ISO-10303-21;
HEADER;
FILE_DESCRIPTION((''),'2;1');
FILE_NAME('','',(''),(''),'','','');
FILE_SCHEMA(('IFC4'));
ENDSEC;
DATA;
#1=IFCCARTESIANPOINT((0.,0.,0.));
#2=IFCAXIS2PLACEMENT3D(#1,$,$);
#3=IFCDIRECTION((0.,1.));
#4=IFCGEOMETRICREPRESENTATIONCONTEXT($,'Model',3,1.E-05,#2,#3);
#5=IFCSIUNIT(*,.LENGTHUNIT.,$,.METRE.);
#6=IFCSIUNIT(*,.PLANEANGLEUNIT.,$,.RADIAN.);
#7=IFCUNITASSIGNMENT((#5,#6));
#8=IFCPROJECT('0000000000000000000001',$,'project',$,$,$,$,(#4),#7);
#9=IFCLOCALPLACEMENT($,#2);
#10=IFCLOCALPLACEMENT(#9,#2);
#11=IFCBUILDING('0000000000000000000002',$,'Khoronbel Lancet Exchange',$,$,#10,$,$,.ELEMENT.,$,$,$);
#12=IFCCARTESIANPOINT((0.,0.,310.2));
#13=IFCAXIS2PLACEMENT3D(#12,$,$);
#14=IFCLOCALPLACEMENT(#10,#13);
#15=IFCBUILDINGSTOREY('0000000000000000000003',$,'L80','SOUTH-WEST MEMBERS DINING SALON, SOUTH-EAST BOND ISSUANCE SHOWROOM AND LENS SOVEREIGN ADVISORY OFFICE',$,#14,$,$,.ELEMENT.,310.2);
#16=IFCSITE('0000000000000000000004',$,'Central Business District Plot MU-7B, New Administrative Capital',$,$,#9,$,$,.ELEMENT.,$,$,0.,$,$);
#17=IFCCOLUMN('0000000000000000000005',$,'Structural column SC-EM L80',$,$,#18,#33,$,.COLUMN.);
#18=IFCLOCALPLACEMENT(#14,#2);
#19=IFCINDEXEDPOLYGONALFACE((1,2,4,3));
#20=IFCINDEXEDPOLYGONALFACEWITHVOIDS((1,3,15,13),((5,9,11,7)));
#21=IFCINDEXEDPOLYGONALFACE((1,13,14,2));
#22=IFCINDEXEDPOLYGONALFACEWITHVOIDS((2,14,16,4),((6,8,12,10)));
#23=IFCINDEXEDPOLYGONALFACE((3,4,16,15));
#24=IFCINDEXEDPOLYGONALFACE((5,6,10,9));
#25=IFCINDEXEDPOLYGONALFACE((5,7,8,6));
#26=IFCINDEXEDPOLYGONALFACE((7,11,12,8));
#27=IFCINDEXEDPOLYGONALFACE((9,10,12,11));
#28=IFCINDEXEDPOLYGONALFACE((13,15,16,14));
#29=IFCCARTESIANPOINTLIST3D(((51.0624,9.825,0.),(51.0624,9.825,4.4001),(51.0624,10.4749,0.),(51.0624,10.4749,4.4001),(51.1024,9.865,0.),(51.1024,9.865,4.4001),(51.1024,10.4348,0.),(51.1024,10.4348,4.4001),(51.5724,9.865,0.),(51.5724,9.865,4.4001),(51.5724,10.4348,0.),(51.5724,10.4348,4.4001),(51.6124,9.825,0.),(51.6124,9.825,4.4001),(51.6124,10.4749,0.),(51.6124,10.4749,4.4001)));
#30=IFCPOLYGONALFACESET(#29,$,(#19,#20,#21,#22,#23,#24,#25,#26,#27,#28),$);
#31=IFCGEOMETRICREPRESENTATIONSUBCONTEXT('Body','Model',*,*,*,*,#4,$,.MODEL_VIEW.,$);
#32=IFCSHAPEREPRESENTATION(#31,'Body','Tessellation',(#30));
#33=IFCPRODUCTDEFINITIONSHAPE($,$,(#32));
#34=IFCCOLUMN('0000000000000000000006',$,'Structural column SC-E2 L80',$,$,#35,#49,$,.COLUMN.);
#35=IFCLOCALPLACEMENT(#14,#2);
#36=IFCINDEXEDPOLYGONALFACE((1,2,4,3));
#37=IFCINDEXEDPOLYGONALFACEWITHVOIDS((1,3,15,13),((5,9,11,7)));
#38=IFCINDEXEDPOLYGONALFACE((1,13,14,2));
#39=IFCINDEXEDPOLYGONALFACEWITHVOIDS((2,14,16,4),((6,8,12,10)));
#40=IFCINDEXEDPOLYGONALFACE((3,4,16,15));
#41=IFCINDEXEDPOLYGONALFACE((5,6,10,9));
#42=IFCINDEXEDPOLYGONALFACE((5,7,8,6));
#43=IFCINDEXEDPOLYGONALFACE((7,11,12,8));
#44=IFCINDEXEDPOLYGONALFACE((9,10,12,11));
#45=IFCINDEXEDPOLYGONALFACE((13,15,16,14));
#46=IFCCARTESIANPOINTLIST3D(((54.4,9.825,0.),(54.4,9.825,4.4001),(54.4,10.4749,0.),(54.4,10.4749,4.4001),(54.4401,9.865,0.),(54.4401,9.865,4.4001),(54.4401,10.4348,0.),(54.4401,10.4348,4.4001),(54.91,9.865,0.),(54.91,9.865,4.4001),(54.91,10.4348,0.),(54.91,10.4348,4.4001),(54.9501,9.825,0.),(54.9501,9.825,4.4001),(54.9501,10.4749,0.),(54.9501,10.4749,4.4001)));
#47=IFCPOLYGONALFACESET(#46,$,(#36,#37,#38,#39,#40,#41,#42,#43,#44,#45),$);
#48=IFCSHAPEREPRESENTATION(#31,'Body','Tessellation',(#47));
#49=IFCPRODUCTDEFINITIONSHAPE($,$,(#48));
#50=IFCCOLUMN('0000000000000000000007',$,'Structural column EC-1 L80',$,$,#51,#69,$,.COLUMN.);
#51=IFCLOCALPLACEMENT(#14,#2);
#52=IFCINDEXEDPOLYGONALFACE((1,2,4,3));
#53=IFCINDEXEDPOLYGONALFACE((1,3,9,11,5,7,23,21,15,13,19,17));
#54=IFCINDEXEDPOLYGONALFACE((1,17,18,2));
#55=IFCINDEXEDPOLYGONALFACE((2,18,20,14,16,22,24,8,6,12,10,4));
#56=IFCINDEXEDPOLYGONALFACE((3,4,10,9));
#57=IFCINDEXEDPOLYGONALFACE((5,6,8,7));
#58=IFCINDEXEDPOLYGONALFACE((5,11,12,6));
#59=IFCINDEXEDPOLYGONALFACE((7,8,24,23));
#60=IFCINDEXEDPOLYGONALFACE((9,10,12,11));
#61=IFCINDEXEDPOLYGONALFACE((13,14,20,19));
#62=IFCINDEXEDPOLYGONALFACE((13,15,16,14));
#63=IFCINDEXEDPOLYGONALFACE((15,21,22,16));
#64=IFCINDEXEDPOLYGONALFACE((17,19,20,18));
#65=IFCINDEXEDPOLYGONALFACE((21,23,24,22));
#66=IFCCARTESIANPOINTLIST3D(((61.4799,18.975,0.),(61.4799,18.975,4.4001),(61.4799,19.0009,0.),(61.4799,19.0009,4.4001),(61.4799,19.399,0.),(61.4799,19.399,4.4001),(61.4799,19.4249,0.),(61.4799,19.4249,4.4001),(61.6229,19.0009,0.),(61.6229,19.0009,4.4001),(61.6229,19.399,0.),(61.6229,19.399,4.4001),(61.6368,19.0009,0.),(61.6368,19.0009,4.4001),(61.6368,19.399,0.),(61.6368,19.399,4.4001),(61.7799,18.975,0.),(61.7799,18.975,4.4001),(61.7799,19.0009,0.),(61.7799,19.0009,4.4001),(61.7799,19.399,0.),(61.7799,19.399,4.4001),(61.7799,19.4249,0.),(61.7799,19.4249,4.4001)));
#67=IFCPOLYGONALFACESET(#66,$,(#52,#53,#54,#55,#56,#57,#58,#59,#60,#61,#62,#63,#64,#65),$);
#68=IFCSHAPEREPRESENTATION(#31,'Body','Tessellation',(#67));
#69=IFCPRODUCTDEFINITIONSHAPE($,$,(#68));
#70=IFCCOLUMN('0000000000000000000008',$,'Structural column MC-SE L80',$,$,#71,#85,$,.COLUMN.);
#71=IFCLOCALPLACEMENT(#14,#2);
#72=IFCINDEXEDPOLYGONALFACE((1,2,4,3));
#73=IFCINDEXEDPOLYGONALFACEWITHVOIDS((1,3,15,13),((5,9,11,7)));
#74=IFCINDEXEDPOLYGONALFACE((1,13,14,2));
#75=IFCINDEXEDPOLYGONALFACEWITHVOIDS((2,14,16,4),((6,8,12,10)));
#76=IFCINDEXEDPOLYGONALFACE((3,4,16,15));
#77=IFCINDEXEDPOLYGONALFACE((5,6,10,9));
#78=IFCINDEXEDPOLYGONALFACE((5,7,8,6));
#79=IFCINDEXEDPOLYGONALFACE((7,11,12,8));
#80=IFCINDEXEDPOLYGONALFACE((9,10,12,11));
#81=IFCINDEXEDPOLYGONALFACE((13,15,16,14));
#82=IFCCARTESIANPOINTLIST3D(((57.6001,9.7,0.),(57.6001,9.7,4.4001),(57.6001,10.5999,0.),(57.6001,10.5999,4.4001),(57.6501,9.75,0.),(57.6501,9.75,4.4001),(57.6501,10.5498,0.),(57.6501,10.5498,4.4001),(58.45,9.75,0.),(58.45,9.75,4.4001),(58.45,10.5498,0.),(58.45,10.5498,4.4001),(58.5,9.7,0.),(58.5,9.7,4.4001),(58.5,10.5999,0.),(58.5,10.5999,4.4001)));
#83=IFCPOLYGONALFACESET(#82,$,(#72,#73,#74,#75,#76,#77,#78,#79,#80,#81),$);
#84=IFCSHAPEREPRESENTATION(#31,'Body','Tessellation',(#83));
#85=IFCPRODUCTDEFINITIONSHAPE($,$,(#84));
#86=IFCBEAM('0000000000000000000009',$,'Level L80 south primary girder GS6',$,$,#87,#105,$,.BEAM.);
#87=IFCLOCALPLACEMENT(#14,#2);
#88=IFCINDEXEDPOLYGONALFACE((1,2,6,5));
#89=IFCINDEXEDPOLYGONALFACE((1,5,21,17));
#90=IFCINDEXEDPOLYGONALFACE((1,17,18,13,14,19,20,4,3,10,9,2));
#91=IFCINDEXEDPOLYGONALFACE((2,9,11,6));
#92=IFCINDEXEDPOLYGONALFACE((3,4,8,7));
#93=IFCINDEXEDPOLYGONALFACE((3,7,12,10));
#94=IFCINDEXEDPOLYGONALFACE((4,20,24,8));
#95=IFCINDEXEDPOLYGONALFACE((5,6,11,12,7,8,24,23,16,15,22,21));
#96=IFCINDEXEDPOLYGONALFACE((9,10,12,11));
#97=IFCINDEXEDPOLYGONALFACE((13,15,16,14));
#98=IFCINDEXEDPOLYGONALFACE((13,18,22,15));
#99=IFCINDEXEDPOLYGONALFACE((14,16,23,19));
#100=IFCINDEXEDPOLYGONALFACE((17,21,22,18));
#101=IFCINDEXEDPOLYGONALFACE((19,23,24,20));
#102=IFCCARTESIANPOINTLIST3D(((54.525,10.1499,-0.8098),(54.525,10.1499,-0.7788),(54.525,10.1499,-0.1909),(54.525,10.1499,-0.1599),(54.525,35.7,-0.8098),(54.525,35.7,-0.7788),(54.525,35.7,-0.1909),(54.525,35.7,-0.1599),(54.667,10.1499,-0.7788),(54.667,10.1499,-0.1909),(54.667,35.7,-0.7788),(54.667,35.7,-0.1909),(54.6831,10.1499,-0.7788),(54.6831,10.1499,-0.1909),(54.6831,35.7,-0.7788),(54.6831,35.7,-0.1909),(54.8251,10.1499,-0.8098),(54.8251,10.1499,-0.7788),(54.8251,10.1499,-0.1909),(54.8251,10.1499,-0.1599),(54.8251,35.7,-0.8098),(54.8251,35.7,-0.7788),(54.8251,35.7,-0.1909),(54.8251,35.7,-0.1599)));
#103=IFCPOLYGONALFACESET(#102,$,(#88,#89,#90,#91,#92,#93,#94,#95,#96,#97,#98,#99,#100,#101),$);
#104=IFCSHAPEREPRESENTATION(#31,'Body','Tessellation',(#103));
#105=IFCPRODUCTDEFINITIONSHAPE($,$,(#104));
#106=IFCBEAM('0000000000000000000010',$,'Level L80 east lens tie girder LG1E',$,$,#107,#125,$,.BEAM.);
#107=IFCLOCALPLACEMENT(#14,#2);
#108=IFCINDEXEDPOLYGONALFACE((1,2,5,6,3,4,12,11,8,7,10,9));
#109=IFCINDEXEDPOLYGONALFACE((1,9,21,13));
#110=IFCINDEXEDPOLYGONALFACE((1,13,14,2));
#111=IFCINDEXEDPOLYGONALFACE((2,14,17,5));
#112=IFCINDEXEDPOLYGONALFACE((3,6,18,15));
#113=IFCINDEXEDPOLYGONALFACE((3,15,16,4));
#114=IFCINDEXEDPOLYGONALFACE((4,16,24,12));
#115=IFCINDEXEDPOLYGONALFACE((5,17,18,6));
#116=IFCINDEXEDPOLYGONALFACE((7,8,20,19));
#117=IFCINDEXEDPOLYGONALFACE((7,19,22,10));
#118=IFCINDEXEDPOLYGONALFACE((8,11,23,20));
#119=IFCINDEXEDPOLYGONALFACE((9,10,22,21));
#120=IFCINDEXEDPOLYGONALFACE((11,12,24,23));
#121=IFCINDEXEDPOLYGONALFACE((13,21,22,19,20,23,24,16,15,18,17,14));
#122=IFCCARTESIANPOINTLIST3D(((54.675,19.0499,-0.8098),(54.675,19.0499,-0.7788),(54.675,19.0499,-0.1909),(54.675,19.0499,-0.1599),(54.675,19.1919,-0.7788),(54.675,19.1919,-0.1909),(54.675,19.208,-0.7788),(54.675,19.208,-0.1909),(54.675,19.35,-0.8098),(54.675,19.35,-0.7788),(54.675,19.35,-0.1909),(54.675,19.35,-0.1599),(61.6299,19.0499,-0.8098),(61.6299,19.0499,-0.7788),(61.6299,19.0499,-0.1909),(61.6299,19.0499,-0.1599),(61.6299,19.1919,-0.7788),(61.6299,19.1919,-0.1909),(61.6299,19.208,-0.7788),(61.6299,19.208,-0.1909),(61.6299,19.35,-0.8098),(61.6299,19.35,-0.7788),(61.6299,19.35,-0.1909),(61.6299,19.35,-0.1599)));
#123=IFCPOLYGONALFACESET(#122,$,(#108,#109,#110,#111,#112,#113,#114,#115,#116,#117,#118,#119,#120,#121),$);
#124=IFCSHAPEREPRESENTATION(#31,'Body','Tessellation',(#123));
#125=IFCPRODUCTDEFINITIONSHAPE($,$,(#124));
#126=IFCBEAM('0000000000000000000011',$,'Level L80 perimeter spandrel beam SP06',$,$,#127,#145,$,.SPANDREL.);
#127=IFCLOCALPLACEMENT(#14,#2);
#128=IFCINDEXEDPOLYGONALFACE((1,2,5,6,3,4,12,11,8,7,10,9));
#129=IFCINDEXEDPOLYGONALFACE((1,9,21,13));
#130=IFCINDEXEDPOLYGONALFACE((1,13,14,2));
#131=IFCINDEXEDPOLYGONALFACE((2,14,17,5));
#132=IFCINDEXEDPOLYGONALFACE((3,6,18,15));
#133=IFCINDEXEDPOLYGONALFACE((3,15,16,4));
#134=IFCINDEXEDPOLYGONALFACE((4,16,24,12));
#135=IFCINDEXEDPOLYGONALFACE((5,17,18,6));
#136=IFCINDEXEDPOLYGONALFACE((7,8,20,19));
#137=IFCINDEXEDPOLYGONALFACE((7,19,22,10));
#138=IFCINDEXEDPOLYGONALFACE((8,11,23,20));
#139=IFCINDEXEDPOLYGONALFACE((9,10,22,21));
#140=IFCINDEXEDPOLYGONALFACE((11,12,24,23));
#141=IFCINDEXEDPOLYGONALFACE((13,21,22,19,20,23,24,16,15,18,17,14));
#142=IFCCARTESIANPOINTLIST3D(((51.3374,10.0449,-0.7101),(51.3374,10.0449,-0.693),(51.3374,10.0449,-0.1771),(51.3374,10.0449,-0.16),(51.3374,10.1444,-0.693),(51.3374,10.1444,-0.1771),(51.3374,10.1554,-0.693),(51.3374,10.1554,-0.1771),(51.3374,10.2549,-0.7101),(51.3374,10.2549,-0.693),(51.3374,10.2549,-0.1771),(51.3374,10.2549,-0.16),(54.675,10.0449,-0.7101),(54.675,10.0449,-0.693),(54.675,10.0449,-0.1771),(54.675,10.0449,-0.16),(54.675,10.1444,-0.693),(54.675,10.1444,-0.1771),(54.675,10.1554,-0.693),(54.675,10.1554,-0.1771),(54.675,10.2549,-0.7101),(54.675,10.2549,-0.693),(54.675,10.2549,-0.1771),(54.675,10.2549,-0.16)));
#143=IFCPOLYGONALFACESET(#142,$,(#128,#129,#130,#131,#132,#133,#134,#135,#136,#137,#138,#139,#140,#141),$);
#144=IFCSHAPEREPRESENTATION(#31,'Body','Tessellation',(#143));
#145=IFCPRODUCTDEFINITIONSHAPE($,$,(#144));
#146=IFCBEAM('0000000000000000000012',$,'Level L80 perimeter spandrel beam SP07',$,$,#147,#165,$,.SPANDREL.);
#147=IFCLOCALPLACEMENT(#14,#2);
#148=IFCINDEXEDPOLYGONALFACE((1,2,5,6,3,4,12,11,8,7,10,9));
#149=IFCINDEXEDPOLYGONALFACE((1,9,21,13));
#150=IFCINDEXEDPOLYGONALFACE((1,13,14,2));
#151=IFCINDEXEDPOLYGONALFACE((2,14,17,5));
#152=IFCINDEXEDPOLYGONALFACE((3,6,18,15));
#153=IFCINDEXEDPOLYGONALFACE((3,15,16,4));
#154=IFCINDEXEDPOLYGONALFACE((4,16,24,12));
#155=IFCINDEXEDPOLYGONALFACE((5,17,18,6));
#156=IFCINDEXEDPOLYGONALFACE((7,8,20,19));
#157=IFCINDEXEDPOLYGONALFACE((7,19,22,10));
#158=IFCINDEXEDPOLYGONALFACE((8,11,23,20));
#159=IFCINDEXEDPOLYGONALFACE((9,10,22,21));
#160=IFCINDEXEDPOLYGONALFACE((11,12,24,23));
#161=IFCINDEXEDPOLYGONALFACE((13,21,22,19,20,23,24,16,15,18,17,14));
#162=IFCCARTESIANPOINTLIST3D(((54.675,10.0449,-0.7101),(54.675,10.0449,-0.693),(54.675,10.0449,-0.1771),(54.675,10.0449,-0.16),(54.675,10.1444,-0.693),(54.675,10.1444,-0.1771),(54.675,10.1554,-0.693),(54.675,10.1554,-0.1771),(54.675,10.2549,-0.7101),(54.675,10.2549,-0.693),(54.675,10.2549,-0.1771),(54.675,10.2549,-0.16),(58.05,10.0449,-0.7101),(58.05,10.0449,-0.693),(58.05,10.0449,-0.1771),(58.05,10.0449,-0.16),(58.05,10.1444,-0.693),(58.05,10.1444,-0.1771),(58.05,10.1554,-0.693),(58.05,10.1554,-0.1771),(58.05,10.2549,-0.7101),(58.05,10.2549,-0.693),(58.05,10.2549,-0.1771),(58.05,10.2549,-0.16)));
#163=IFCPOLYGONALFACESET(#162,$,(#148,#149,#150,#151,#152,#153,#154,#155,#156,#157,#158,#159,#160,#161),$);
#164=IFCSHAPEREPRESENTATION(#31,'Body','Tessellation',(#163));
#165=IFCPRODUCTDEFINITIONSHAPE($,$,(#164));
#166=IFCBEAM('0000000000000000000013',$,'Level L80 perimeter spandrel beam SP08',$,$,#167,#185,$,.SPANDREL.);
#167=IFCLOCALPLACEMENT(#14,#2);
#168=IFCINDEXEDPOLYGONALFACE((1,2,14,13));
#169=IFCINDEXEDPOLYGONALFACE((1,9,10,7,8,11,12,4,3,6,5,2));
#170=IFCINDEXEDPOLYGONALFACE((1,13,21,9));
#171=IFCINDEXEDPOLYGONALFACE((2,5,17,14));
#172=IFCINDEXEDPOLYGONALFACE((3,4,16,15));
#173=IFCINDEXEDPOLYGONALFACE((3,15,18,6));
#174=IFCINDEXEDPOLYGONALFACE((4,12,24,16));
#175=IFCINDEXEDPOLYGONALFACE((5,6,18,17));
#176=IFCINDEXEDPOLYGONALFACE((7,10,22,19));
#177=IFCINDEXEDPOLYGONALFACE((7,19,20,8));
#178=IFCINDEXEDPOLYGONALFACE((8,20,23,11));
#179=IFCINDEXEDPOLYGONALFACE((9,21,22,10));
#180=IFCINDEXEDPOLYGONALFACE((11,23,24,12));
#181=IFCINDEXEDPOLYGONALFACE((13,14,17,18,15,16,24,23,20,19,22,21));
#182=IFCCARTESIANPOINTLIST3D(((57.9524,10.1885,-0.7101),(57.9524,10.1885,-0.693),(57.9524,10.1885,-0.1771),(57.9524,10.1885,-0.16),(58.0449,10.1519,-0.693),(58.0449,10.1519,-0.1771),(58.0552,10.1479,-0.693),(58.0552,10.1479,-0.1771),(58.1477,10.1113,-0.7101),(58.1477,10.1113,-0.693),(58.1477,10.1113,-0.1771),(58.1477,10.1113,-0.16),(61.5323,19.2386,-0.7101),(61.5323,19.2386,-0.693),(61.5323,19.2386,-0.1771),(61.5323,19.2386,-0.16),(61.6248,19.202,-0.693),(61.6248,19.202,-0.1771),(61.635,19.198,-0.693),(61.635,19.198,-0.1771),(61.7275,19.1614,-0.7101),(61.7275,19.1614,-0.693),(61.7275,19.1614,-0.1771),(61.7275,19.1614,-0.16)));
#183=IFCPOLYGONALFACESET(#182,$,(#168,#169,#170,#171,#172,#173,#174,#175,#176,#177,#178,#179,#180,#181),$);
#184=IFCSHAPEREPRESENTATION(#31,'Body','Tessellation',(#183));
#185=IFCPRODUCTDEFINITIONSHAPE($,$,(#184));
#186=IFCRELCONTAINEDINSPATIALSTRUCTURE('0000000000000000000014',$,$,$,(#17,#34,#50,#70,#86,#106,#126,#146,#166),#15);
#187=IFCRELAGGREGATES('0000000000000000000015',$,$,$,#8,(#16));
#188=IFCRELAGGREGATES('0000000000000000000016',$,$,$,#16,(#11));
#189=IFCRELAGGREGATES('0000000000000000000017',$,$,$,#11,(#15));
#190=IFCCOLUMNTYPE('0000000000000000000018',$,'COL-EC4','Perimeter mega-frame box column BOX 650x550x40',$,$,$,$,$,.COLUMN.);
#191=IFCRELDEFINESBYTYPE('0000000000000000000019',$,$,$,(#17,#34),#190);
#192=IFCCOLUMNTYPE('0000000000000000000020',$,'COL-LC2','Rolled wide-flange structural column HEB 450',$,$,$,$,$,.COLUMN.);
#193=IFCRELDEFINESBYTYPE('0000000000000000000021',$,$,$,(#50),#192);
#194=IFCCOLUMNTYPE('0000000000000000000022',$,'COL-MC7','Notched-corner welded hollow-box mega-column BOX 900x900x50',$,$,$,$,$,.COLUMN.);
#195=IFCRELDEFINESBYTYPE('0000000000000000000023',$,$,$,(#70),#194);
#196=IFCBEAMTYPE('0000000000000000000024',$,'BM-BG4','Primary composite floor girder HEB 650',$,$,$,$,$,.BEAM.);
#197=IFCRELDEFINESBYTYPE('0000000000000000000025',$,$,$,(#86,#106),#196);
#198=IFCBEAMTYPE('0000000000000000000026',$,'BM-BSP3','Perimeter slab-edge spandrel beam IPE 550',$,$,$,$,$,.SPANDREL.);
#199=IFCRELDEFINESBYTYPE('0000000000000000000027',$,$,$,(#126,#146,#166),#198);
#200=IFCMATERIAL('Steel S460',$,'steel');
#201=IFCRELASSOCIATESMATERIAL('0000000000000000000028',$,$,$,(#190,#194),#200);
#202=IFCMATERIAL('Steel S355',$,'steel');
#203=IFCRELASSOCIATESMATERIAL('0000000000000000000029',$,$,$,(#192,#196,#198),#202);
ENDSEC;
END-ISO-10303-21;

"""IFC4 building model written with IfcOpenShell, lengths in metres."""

from ifc_helpers import new_model, si_unit, direction, frame, origin, origin_2d, place, context, subcontext, project, spatial, hollow_rectangle, i_section, extrude, material, material_profile, profile_set, type_object, element, save


model = new_model("IFC4")

# Units and contexts
model_context = context("Model", 3, precision=1e-05, world=origin(), true_north=direction((0.0, 1.0)))
body_context = subcontext(model_context, "Body", "Model", "MODEL_VIEW")
ifc_project = project(units=[si_unit("LENGTHUNIT", "METRE"), si_unit("PLANEANGLEUNIT", "RADIAN")], contexts=[model_context])

# Site, building, storey
site_placement = place(None, origin())
site = spatial("IfcSite", under=ifc_project, at=site_placement, Name="Central Business District Plot MU-7B, New Administrative Capital", CompositionType="ELEMENT", RefElevation=0.0)
building_placement = place(site_placement, origin())
building = spatial("IfcBuilding", under=site, at=building_placement, Name="Khoronbel Lancet Exchange", CompositionType="ELEMENT")
storey_placement = place(building_placement, frame((0.0, 0.0, 310.2)))
storey = spatial("IfcBuildingStorey", under=building, at=storey_placement, Name="L80", Description="SOUTH-WEST MEMBERS DINING SALON, SOUTH-EAST BOND ISSUANCE SHOWROOM AND LENS SOVEREIGN ADVISORY OFFICE", CompositionType="ELEMENT", Elevation=310.2)

# Columns
ifc_material_1 = material(Name="Steel S460", Category="steel")
ifc_material_profile_1 = material_profile(ifc_material_1, hollow_rectangle(XDim=0.55, YDim=0.6499, WallThickness=0.04, at=origin_2d()), Name="BOX 650x550x40")
ifc_profile_set_1 = profile_set([ifc_material_profile_1], Name="Steel S460")
column_type_1 = type_object("IfcColumnType", Name="COL-EC4", Description="Perimeter mega-frame box column BOX 650x550x40", PredefinedType="COLUMN", material=ifc_profile_set_1)
for number, where, z_axis, x_axis, name in (
    (1, (51.3374, 10.1499, 0.0), (0.0, 0.0, 1.0), (1.0, 0.0, 0.0), "Structural column SC-EM L80"),
    (2, (54.675, 10.1499, 0.0), (0.0, 0.0, 1.0), (1.0, 0.0, 0.0), "Structural column SC-E2 L80"),
):
    element("IfcColumn", number, at=place(storey_placement, frame(where, z_axis=z_axis, x_axis=x_axis)), inside=storey, type_object=column_type_1, Name=name, PredefinedType="COLUMN", context=body_context, shape_type="SweptSolid", body=[
        extrude(hollow_rectangle(XDim=0.55, YDim=0.6499, WallThickness=0.04, at=origin_2d()), origin(), (0.0, 0.0, 1.0), 4.4001),
    ])
ifc_material_2 = material(Name="Steel S355", Category="steel")
ifc_material_profile_2 = material_profile(ifc_material_2, i_section(OverallWidth=0.3, OverallDepth=0.45, WebThickness=0.0139, FlangeThickness=0.0259, at=origin_2d()), Name="HEB 450")
ifc_profile_set_2 = profile_set([ifc_material_profile_2], Name="Steel S355")
column_type_2 = type_object("IfcColumnType", Name="COL-LC2", Description="Rolled wide-flange structural column HEB 450", PredefinedType="COLUMN", material=ifc_profile_set_2)
column_1_placement = place(storey_placement, frame((61.6299, 19.2, 0.0), z_axis=(0.0, 0.0, 1.0), x_axis=(1.0, 0.0, 0.0)))
element("IfcColumn", 3, at=column_1_placement, inside=storey, type_object=column_type_2, Name="Structural column EC-1 L80", PredefinedType="COLUMN", context=body_context, shape_type="SweptSolid", body=[
    extrude(i_section(OverallWidth=0.3, OverallDepth=0.45, WebThickness=0.0139, FlangeThickness=0.0259, at=origin_2d()), origin(), (0.0, 0.0, 1.0), 4.4001),
])
ifc_material_profile_3 = material_profile(ifc_material_1, hollow_rectangle(XDim=0.8999, YDim=0.8999, WallThickness=0.05, at=origin_2d()), Name="BOX 900x900x50")
ifc_profile_set_3 = profile_set([ifc_material_profile_3], Name="Steel S460")
column_type_3 = type_object("IfcColumnType", Name="COL-MC7", Description="Notched-corner welded hollow-box mega-column BOX 900x900x50", PredefinedType="COLUMN", material=ifc_profile_set_3)
column_2_placement = place(storey_placement, frame((58.05, 10.1499, 0.0), z_axis=(0.0, 0.0, 1.0), x_axis=(1.0, 0.0, 0.0)))
element("IfcColumn", 4, at=column_2_placement, inside=storey, type_object=column_type_3, Name="Structural column MC-SE L80", PredefinedType="COLUMN", context=body_context, shape_type="SweptSolid", body=[
    extrude(hollow_rectangle(XDim=0.8999, YDim=0.8999, WallThickness=0.05, at=origin_2d()), origin(), (0.0, 0.0, 1.0), 4.4001),
])

# Beams
ifc_material_profile_4 = material_profile(ifc_material_2, i_section(OverallWidth=0.3, OverallDepth=0.6499, WebThickness=0.0161, FlangeThickness=0.031, at=origin_2d()), Name="HEB 650")
ifc_profile_set_4 = profile_set([ifc_material_profile_4], Name="Steel S355")
beam_type_1 = type_object("IfcBeamType", Name="BM-BG4", Description="Primary composite floor girder HEB 650", PredefinedType="BEAM", material=ifc_profile_set_4)
beam_1_placement = place(storey_placement, frame((54.675, 10.1499, -0.4849), z_axis=(0.0, 1.0, 0.0), x_axis=(-1.0, 0.0, 0.0)))
element("IfcBeam", 5, at=beam_1_placement, inside=storey, type_object=beam_type_1, Name="Level L80 south primary girder GS6", PredefinedType="BEAM", context=body_context, shape_type="SweptSolid", body=[
    extrude(i_section(OverallWidth=0.3, OverallDepth=0.6499, WebThickness=0.0161, FlangeThickness=0.031, at=origin_2d()), origin(), (0.0, 0.0, 1.0), 25.55),
])
beam_2_placement = place(storey_placement, frame((54.675, 19.2, -0.4849), z_axis=(1.0, 0.0, 0.0), x_axis=(0.0, 1.0, 0.0)))
element("IfcBeam", 6, at=beam_2_placement, inside=storey, type_object=beam_type_1, Name="Level L80 east lens tie girder LG1E", PredefinedType="BEAM", context=body_context, shape_type="SweptSolid", body=[
    extrude(i_section(OverallWidth=0.3, OverallDepth=0.6499, WebThickness=0.0161, FlangeThickness=0.031, at=origin_2d()), origin(), (0.0, 0.0, 1.0), 6.9548),
])
ifc_material_profile_5 = material_profile(ifc_material_2, i_section(OverallWidth=0.21, OverallDepth=0.55, WebThickness=0.011, FlangeThickness=0.0171, at=origin_2d()), Name="IPE 550")
ifc_profile_set_5 = profile_set([ifc_material_profile_5], Name="Steel S355")
beam_type_2 = type_object("IfcBeamType", Name="BM-BSP3", Description="Perimeter slab-edge spandrel beam IPE 550", PredefinedType="SPANDREL", material=ifc_profile_set_5)
beam_3_placement = place(storey_placement, frame((51.3374, 10.1499, -0.4351), z_axis=(1.0, 0.0, 0.0), x_axis=(0.0, 1.0, 0.0)))
element("IfcBeam", 7, at=beam_3_placement, inside=storey, type_object=beam_type_2, Name="Level L80 perimeter spandrel beam SP06", PredefinedType="SPANDREL", context=body_context, shape_type="SweptSolid", body=[
    extrude(i_section(OverallWidth=0.21, OverallDepth=0.55, WebThickness=0.011, FlangeThickness=0.0171, at=origin_2d()), origin(), (0.0, 0.0, 1.0), 3.3376),
])
beam_4_placement = place(storey_placement, frame((54.675, 10.1499, -0.4351), z_axis=(1.0, 0.0, 0.0), x_axis=(0.0, 1.0, 0.0)))
element("IfcBeam", 8, at=beam_4_placement, inside=storey, type_object=beam_type_2, Name="Level L80 perimeter spandrel beam SP07", PredefinedType="SPANDREL", context=body_context, shape_type="SweptSolid", body=[
    extrude(i_section(OverallWidth=0.21, OverallDepth=0.55, WebThickness=0.011, FlangeThickness=0.0171, at=origin_2d()), origin(), (0.0, 0.0, 1.0), 3.375),
])
beam_5_placement = place(storey_placement, frame((58.05, 10.1499, -0.4351), z_axis=(0.367828, 0.929894, 0.0), x_axis=(-0.929894, 0.367828, 0.0)))
element("IfcBeam", 9, at=beam_5_placement, inside=storey, type_object=beam_type_2, Name="Level L80 perimeter spandrel beam SP08", PredefinedType="SPANDREL", context=body_context, shape_type="SweptSolid", body=[
    extrude(i_section(OverallWidth=0.21, OverallDepth=0.55, WebThickness=0.011, FlangeThickness=0.0171, at=origin_2d()), origin(), (0.0, 0.0, 1.0), 9.7324),
])

save(model, "model.ifc")
